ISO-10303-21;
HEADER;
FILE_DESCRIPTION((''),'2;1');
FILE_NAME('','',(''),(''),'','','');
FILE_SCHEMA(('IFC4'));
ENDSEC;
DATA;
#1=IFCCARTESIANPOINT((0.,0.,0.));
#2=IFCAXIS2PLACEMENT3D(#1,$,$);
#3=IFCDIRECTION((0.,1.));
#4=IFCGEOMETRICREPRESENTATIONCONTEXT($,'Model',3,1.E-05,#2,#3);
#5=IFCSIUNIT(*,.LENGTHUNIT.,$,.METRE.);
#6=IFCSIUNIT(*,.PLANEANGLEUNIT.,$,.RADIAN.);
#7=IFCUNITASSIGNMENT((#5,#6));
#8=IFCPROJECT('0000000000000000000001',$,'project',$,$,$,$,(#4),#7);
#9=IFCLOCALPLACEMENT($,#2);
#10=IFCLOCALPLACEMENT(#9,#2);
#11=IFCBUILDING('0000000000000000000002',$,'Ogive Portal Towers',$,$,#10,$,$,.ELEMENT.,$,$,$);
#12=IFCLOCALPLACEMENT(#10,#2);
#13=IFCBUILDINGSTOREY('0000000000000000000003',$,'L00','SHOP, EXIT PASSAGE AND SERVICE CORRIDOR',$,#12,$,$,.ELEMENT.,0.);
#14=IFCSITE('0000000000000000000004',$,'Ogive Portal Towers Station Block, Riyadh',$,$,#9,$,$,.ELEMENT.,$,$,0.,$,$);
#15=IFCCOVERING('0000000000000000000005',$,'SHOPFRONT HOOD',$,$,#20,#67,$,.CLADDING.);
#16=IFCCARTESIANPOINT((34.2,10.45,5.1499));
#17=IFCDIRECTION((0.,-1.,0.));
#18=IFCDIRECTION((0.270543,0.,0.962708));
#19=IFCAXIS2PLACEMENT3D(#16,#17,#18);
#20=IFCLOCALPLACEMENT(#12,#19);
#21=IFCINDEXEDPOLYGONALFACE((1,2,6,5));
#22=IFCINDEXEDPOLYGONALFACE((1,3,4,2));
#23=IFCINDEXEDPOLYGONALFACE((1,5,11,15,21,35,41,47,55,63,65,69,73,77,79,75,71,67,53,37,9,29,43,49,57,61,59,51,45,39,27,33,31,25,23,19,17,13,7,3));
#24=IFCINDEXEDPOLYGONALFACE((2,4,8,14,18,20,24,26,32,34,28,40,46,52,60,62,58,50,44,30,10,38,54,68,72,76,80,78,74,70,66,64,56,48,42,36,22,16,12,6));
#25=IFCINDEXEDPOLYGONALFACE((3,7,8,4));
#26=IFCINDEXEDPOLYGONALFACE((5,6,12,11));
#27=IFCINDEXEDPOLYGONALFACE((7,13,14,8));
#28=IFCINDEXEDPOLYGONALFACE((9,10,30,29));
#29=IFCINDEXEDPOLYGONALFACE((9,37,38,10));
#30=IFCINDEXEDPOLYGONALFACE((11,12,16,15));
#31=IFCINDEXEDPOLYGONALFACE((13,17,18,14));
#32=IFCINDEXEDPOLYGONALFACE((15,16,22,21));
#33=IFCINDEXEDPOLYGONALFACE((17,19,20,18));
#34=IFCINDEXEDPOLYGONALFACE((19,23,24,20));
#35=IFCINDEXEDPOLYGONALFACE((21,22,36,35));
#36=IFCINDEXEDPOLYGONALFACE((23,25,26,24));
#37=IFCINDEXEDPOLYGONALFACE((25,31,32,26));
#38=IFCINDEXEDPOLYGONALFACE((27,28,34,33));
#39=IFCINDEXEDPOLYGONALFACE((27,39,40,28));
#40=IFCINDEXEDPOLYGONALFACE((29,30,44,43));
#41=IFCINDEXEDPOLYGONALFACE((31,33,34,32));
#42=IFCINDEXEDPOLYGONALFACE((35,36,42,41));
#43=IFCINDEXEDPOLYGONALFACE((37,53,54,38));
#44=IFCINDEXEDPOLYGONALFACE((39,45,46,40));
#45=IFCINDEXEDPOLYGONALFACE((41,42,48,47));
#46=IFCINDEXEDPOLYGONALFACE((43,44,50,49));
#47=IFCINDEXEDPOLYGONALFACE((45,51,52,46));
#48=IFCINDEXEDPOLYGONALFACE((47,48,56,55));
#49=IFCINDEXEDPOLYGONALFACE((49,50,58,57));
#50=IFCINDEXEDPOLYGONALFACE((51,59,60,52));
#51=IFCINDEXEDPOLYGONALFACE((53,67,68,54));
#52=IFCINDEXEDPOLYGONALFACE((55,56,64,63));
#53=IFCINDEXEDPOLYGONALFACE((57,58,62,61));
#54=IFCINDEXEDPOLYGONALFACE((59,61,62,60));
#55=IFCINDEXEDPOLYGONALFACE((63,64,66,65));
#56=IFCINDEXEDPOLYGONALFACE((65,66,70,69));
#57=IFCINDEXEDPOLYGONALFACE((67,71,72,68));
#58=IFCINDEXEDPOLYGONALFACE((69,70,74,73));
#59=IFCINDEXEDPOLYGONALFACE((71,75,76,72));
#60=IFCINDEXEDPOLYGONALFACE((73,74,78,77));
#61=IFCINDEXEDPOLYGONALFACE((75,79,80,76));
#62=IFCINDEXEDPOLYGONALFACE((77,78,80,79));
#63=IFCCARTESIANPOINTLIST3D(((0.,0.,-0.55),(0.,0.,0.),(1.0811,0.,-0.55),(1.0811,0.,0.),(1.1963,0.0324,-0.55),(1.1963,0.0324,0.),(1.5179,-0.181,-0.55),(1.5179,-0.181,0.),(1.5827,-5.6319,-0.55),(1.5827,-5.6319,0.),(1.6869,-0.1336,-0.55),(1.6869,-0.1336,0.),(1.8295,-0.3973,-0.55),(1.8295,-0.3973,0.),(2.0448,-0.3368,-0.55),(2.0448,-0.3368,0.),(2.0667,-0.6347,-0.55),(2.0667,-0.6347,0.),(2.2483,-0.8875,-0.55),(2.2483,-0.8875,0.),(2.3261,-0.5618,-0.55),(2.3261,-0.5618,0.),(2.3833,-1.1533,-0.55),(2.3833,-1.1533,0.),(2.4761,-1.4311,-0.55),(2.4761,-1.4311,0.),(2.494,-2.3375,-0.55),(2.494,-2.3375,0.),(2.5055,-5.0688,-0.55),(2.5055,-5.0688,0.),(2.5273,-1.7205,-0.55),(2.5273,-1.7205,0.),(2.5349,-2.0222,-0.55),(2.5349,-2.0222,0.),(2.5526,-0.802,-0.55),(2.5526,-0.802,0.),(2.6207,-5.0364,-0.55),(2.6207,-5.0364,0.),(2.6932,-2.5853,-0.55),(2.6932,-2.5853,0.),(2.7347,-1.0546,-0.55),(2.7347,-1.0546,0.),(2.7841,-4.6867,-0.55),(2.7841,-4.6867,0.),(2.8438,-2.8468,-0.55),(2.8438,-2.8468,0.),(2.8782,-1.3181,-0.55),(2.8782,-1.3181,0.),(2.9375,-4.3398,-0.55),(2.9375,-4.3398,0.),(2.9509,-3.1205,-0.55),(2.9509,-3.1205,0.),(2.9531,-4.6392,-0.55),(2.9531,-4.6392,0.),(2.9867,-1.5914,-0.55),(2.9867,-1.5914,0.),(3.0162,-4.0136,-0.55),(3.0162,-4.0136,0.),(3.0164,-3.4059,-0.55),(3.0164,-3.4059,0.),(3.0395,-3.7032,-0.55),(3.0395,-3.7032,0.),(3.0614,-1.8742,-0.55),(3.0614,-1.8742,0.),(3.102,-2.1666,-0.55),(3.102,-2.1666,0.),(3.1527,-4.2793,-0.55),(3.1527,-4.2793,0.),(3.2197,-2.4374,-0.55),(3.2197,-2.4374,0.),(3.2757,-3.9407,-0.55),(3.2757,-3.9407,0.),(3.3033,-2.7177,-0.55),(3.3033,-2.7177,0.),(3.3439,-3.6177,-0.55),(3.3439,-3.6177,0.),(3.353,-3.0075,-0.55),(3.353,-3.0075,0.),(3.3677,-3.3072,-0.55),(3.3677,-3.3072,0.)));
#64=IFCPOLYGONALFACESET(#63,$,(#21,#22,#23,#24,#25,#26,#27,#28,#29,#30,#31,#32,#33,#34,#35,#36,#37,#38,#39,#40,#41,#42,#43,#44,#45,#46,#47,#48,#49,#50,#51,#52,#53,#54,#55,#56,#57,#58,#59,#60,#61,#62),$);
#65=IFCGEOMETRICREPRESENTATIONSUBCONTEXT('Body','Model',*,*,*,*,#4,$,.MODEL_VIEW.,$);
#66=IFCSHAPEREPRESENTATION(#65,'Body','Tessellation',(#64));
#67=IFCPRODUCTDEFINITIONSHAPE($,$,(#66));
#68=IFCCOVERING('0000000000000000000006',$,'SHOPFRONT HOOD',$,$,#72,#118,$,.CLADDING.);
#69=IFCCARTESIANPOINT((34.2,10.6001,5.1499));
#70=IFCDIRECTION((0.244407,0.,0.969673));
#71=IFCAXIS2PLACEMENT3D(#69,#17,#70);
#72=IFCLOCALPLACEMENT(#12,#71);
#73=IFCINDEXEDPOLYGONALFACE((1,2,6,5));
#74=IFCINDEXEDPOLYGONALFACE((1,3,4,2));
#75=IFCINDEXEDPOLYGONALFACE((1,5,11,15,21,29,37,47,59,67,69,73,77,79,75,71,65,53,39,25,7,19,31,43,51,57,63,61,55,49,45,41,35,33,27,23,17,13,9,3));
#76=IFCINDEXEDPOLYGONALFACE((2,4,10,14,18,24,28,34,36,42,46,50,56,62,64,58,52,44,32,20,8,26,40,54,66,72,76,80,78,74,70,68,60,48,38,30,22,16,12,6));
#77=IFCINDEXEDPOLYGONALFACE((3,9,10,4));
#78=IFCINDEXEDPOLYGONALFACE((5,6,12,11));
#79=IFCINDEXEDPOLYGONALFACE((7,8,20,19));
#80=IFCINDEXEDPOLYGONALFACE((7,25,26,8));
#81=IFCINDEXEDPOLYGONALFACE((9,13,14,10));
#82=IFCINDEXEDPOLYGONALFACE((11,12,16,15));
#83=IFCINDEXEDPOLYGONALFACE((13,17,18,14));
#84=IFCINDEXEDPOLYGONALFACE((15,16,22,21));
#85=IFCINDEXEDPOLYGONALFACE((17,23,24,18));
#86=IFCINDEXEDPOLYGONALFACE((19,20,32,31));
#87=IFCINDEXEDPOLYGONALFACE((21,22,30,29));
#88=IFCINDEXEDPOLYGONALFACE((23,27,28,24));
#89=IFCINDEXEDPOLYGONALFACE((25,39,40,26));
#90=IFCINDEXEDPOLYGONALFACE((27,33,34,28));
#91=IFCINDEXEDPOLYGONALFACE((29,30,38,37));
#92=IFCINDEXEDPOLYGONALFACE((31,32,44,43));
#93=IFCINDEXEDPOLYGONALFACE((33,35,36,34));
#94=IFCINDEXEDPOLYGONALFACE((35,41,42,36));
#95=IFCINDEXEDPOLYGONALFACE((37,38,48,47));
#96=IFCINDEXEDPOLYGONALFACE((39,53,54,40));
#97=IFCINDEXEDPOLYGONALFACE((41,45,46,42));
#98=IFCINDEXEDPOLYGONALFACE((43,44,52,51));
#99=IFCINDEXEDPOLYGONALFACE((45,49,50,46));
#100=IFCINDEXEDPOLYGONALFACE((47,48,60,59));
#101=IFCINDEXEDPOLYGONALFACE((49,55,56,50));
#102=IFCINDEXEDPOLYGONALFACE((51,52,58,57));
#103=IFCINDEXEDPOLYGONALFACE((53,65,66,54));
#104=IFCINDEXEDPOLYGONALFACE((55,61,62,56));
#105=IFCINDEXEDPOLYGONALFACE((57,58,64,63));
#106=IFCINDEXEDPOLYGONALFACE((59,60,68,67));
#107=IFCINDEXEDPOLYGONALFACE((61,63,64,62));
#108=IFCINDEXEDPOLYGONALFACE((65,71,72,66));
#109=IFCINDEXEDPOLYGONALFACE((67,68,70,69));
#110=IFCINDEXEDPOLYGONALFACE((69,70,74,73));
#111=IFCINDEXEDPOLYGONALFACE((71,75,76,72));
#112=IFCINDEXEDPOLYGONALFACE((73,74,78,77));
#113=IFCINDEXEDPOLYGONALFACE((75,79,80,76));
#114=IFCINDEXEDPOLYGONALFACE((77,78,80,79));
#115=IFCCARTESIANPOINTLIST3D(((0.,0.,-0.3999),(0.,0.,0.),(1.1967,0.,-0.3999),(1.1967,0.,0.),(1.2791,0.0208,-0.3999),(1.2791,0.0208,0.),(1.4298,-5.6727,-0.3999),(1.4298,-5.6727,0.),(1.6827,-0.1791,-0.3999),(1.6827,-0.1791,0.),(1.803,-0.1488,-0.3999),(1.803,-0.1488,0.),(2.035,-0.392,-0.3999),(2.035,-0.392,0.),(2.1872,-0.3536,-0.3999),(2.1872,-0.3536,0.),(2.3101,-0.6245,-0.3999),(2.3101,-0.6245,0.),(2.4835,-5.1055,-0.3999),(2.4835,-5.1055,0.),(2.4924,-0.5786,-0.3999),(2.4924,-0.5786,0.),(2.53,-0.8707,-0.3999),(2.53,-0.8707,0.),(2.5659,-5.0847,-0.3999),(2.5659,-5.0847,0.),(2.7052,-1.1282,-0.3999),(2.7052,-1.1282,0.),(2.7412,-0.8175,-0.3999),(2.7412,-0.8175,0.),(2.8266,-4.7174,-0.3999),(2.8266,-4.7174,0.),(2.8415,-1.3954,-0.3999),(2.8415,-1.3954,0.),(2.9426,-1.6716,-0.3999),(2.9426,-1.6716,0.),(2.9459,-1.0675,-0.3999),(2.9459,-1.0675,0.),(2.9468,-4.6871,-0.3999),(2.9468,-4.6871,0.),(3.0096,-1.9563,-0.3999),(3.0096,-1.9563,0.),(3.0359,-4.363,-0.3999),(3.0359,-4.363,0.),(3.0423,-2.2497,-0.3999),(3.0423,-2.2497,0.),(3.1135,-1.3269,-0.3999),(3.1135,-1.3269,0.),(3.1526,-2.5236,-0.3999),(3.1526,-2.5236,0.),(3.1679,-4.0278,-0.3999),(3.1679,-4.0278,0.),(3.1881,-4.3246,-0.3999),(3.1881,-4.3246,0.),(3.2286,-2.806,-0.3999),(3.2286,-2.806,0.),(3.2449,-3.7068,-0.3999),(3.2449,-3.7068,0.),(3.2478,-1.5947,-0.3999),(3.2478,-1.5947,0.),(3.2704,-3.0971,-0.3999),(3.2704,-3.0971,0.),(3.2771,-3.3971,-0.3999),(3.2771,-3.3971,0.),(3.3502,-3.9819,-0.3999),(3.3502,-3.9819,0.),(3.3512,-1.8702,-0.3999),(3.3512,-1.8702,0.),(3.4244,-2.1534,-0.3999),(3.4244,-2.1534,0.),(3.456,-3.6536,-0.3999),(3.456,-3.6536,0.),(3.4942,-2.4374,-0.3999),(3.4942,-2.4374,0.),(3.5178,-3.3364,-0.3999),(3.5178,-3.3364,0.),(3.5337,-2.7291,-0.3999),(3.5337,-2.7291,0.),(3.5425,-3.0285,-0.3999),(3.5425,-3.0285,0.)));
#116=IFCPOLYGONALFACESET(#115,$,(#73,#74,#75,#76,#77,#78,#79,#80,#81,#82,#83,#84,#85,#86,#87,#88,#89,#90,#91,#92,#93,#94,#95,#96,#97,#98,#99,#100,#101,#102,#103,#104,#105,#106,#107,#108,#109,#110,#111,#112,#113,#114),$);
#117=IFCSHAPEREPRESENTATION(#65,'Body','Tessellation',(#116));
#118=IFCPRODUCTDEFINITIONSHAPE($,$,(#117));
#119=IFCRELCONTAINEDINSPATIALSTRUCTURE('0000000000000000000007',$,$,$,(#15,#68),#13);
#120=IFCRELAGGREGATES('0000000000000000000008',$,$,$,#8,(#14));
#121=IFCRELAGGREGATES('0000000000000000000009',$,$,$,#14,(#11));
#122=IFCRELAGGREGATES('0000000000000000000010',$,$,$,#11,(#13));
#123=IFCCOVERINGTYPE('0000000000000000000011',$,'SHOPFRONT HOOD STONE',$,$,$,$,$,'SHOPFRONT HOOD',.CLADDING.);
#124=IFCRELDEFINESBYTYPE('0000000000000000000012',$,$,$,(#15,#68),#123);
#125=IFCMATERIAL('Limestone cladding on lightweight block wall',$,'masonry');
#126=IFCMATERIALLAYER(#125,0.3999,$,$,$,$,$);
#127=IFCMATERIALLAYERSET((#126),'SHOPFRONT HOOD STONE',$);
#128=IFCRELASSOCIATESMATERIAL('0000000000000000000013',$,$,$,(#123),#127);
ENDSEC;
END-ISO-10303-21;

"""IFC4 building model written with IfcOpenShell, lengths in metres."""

from ifc_helpers import new_model, si_unit, direction, frame, origin, place, context, subcontext, project, spatial, polyline, outline, extrude, material, layer, layer_set, type_object, element, save


model = new_model("IFC4")

# Units and contexts
model_context = context("Model", 3, precision=1e-05, world=origin(), true_north=direction((0.0, 1.0)))
body_context = subcontext(model_context, "Body", "Model", "MODEL_VIEW")
ifc_project = project(units=[si_unit("LENGTHUNIT", "METRE"), si_unit("PLANEANGLEUNIT", "RADIAN")], contexts=[model_context])

# Site, building, storey
site_placement = place(None, origin())
site = spatial("IfcSite", under=ifc_project, at=site_placement, Name="Ogive Portal Towers Station Block, Riyadh", CompositionType="ELEMENT", RefElevation=0.0)
building_placement = place(site_placement, origin())
building = spatial("IfcBuilding", under=site, at=building_placement, Name="Ogive Portal Towers", CompositionType="ELEMENT")
storey_placement = place(building_placement, origin())
storey = spatial("IfcBuildingStorey", under=building, at=storey_placement, Name="L00", Description="SHOP, EXIT PASSAGE AND SERVICE CORRIDOR", CompositionType="ELEMENT", Elevation=0.0)

# Coverings
ifc_material_1 = material(Name="Limestone cladding on lightweight block wall", Category="masonry")
ifc_layer_1 = layer(ifc_material_1, 0.3999)
ifc_layer_set_1 = layer_set([ifc_layer_1], Name="SHOPFRONT HOOD STONE")
covering_type_1 = type_object("IfcCoveringType", Name="SHOPFRONT HOOD STONE", ElementType="SHOPFRONT HOOD", PredefinedType="CLADDING", material=ifc_layer_set_1)
covering_1_placement = place(storey_placement, frame((34.2, 10.45, 5.1499), z_axis=(0.0, -1.0, 0.0), x_axis=(0.270543, 0.0, 0.962708)))
element("IfcCovering", 1, at=covering_1_placement, inside=storey, type_object=covering_type_1, Name="SHOPFRONT HOOD", PredefinedType="CLADDING", context=body_context, shape_type="SweptSolid", body=[
    extrude(outline(polyline([(0.0, 0.0), (1.0811, 0.0), (1.5179, -0.181), (1.8295, -0.3973), (2.0667, -0.6347), (2.2483, -0.8875), (2.3833, -1.1533), (2.4761, -1.4311), (2.5273, -1.7205), (2.5349, -2.0222), (2.494, -2.3375), (2.6932, -2.5853), (2.8438, -2.8468), (2.9509, -3.1205), (3.0164, -3.4059), (3.0395, -3.7032), (3.0162, -4.0136), (2.9375, -4.3398), (2.7841, -4.6867), (2.5055, -5.0688), (1.5827, -5.6319), (1.5827, -5.6319), (2.6207, -5.0364), (2.9531, -4.6392), (3.1527, -4.2793), (3.2757, -3.9407), (3.3439, -3.6177), (3.3677, -3.3072), (3.353, -3.0075), (3.3033, -2.7177), (3.2197, -2.4374), (3.102, -2.1666), (3.0614, -1.8742), (2.9867, -1.5914), (2.8782, -1.3181), (2.7347, -1.0546), (2.5526, -0.802), (2.3261, -0.5618), (2.0448, -0.3368), (1.6869, -0.1336), (1.1963, 0.0324), (0.0, 0.0), (0.0, 0.0)])), origin(), (0.0, 0.0, -1.0), 0.55),
])
covering_2_placement = place(storey_placement, frame((34.2, 10.6001, 5.1499), z_axis=(0.0, -1.0, 0.0), x_axis=(0.244407, 0.0, 0.969673)))
element("IfcCovering", 2, at=covering_2_placement, inside=storey, type_object=covering_type_1, Name="SHOPFRONT HOOD", PredefinedType="CLADDING", context=body_context, shape_type="SweptSolid", body=[
    extrude(outline(polyline([(0.0, 0.0), (1.1967, 0.0), (1.6827, -0.1791), (2.035, -0.392), (2.3101, -0.6245), (2.53, -0.8707), (2.7052, -1.1282), (2.8415, -1.3954), (2.9426, -1.6716), (3.0096, -1.9563), (3.0423, -2.2497), (3.1526, -2.5236), (3.2286, -2.806), (3.2704, -3.0971), (3.2771, -3.3971), (3.2449, -3.7068), (3.1679, -4.0278), (3.0359, -4.363), (2.8266, -4.7174), (2.4835, -5.1055), (1.4298, -5.6727), (1.4298, -5.6727), (2.5659, -5.0847), (2.9468, -4.6871), (3.1881, -4.3246), (3.3502, -3.9819), (3.456, -3.6536), (3.5178, -3.3364), (3.5425, -3.0285), (3.5337, -2.7291), (3.4942, -2.4374), (3.4244, -2.1534), (3.3512, -1.8702), (3.2478, -1.5947), (3.1135, -1.3269), (2.9459, -1.0675), (2.7412, -0.8175), (2.4924, -0.5786), (2.1872, -0.3536), (1.803, -0.1488), (1.2791, 0.0208), (0.0, 0.0), (0.0, 0.0)])), origin(), (0.0, 0.0, -1.0), 0.3999),
])

save(model, "model.ifc")
